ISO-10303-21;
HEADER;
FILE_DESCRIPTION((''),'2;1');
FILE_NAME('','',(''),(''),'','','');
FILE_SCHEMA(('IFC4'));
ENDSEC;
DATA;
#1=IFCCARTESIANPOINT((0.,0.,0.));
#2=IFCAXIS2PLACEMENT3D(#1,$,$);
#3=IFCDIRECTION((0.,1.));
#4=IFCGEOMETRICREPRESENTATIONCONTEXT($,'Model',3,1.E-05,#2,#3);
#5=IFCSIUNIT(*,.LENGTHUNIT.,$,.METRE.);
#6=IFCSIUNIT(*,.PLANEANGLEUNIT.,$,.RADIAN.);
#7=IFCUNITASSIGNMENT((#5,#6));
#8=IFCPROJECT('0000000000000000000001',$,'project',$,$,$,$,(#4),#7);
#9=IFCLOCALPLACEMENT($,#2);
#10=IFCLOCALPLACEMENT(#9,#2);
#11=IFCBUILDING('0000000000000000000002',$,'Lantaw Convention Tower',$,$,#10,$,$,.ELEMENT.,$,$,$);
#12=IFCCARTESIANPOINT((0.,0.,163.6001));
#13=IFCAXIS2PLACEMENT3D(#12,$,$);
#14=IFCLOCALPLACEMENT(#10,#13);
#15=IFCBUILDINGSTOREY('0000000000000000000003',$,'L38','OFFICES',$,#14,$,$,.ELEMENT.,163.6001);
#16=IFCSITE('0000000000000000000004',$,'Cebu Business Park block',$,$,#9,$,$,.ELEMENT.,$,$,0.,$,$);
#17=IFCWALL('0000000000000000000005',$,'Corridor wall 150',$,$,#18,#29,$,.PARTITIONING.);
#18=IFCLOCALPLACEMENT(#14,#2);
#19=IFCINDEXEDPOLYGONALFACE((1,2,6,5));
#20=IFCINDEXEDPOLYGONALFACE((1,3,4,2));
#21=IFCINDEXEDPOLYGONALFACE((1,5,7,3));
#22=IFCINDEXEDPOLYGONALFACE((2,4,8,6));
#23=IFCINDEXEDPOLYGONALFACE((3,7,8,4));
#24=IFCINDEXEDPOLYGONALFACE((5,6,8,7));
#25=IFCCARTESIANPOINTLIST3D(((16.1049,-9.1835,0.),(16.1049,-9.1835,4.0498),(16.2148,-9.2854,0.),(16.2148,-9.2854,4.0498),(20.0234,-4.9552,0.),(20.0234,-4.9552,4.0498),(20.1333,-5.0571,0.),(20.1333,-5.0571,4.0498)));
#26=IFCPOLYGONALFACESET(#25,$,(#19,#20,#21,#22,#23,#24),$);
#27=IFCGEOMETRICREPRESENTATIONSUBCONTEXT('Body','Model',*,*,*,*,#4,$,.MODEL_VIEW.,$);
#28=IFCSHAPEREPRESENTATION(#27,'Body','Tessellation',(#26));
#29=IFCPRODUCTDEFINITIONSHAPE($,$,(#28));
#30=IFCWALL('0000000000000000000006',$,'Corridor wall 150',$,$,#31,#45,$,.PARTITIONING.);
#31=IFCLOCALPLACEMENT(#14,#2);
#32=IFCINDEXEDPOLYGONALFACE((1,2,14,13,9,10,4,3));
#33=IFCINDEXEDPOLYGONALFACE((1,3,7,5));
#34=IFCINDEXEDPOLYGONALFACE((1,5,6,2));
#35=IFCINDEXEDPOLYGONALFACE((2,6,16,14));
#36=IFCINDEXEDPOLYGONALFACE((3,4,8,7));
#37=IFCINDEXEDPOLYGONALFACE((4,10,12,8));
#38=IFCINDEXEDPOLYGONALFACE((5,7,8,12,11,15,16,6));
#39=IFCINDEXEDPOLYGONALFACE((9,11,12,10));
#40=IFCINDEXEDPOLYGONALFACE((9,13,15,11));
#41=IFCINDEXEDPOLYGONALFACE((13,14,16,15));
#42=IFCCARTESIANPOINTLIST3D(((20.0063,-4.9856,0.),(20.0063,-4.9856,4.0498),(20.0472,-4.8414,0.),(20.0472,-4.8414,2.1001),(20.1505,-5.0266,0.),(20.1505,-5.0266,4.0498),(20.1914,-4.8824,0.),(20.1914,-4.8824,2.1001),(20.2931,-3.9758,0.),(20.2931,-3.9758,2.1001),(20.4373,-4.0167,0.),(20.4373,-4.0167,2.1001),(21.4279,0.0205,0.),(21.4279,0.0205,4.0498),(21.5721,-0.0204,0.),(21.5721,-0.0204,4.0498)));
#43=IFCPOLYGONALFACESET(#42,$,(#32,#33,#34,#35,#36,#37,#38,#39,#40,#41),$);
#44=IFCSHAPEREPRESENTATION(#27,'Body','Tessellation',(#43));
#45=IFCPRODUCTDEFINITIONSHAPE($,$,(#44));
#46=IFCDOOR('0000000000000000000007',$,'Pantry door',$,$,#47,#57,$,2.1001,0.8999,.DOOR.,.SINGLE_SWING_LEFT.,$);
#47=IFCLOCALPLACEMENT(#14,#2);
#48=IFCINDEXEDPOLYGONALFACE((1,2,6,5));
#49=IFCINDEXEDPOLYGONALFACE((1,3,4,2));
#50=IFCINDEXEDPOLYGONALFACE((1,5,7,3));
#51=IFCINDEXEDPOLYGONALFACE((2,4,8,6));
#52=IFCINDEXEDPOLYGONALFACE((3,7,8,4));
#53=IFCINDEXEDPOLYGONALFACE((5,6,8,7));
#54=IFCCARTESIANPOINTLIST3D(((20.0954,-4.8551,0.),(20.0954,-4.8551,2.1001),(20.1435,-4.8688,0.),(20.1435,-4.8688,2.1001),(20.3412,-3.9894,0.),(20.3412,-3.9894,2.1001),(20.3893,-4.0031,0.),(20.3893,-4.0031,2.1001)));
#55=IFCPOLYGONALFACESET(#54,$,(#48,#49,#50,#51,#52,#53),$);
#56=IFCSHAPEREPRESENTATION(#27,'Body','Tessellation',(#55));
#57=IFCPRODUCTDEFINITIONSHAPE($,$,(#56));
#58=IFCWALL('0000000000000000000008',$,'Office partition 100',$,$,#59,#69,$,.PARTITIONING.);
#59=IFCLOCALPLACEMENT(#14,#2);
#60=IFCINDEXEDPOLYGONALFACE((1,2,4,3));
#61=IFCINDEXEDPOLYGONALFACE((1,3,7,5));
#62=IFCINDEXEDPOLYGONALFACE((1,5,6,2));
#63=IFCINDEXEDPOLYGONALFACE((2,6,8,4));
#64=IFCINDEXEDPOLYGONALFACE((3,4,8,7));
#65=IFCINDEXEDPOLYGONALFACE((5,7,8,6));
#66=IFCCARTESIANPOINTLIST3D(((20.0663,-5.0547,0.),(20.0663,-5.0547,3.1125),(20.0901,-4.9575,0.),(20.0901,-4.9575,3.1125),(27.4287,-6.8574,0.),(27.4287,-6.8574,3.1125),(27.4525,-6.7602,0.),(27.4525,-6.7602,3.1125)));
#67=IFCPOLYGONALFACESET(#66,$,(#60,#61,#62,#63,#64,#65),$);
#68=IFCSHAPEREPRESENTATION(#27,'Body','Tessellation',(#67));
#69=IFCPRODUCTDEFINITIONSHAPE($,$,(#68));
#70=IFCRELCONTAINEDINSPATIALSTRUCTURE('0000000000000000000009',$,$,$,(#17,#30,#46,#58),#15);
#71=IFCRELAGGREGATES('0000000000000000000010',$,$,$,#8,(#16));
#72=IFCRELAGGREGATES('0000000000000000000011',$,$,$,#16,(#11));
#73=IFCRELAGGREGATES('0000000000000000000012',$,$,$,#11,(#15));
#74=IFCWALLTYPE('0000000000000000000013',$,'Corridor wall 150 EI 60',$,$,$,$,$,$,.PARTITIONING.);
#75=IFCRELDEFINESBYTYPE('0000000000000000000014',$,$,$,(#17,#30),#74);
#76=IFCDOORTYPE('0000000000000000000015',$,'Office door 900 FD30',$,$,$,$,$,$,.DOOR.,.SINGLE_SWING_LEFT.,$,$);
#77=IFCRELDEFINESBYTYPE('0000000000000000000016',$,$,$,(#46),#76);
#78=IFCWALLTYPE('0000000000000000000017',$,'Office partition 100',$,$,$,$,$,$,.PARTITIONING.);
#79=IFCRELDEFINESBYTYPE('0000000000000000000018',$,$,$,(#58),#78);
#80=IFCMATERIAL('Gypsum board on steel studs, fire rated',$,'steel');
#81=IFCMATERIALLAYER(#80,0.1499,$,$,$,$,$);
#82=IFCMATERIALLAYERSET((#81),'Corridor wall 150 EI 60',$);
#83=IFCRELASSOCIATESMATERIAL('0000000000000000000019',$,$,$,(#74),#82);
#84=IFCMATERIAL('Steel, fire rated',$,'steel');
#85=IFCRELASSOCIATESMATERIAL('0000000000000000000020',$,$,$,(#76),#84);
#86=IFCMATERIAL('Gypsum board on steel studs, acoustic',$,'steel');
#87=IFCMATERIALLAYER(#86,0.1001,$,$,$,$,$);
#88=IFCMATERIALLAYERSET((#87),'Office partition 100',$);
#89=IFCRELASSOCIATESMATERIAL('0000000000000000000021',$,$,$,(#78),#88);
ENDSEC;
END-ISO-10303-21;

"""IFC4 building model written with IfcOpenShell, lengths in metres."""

from ifc_helpers import new_model, si_unit, direction, frame, frame_2d, origin, place, context, subcontext, project, spatial, rectangle, extrude, material, layer, layer_set, type_object, element, fill, save


model = new_model("IFC4")

# Units and contexts
model_context = context("Model", 3, precision=1e-05, world=origin(), true_north=direction((0.0, 1.0)))
body_context = subcontext(model_context, "Body", "Model", "MODEL_VIEW")
ifc_project = project(units=[si_unit("LENGTHUNIT", "METRE"), si_unit("PLANEANGLEUNIT", "RADIAN")], contexts=[model_context])

# Site, building, storey
site_placement = place(None, origin())
site = spatial("IfcSite", under=ifc_project, at=site_placement, Name="Cebu Business Park block", CompositionType="ELEMENT", RefElevation=0.0)
building_placement = place(site_placement, origin())
building = spatial("IfcBuilding", under=site, at=building_placement, Name="Lantaw Convention Tower", CompositionType="ELEMENT")
storey_placement = place(building_placement, frame((0.0, 0.0, 163.6001)))
storey = spatial("IfcBuildingStorey", under=building, at=storey_placement, Name="L38", Description="OFFICES", CompositionType="ELEMENT", Elevation=163.6001)

# Wall
ifc_material_1 = material(Name="Gypsum board on steel studs, fire rated", Category="steel")
ifc_layer_1 = layer(ifc_material_1, 0.1499)
ifc_layer_set_1 = layer_set([ifc_layer_1], Name="Corridor wall 150 EI 60")
wall_type_1 = type_object("IfcWallType", Name="Corridor wall 150 EI 60", PredefinedType="PARTITIONING", material=ifc_layer_set_1)
wall_1_placement = place(storey_placement, frame((16.1599, -9.2344, 0.0), z_axis=(0.0, 0.0, 1.0), x_axis=(0.679725, 0.733467, 0.0)))
element("IfcWall", 1, at=wall_1_placement, inside=storey, type_object=wall_type_1, Name="Corridor wall 150", PredefinedType="PARTITIONING", context=body_context, shape_type="SweptSolid", body=[
    extrude(rectangle(XDim=5.7649, YDim=0.1499, at=frame_2d((2.8823, 0.0))), origin(), (0.0, 0.0, 1.0), 4.0498),
])

# Wall, opening, door
wall_2_placement = place(storey_placement, frame((20.0784, -5.0061, 0.0), z_axis=(0.0, 0.0, 1.0), x_axis=(0.273178, 0.961964, 0.0)))
wall_2 = element("IfcWall", 2, at=wall_2_placement, inside=storey, type_object=wall_type_1, Name="Corridor wall 150", PredefinedType="PARTITIONING", context=body_context, shape_type="SweptSolid", body=[
    extrude(rectangle(XDim=5.2041, YDim=0.1499, at=frame_2d((2.6021, 0.0))), origin(), (0.0, 0.0, 1.0), 4.0498),
])
opening_placement = place(wall_2_placement, frame((0.1499, 0.0, 0.0)))
opening = element("IfcOpeningElement", 3, at=opening_placement, cuts=wall_2, PredefinedType="OPENING", context=body_context, shape_type="SweptSolid", body=[
    extrude(rectangle(XDim=0.8999, YDim=2.1001, at=frame_2d((0.45, 1.05))), frame((0.0, 0.085, 0.0), z_axis=(0.0, -1.0, 0.0), x_axis=(1.0, 0.0, 0.0)), (0.0, 0.0, 1.0), 0.1699),
])
ifc_material_2 = material(Name="Steel, fire rated", Category="steel")
door_type = type_object("IfcDoorType", Name="Office door 900 FD30", OperationType="SINGLE_SWING_LEFT", PredefinedType="DOOR", material=ifc_material_2)
door_placement = place(opening_placement, origin())
door = element("IfcDoor", 4, at=door_placement, inside=storey, type_object=door_type, Name="Pantry door", OperationType="SINGLE_SWING_LEFT", OverallHeight=2.1001, OverallWidth=0.8999, PredefinedType="DOOR", context=body_context, shape_type="SweptSolid", body=[
    extrude(rectangle(XDim=0.8999, YDim=2.1001, at=frame_2d((0.45, 1.05))), frame((0.0, 0.0249, 0.0), z_axis=(0.0, -1.0, 0.0), x_axis=(1.0, 0.0, 0.0)), (0.0, 0.0, 1.0), 0.05),
])
fill(opening, door)

# Wall
ifc_material_3 = material(Name="Gypsum board on steel studs, acoustic", Category="steel")
ifc_layer_2 = layer(ifc_material_3, 0.1001)
ifc_layer_set_2 = layer_set([ifc_layer_2], Name="Office partition 100")
wall_type_2 = type_object("IfcWallType", Name="Office partition 100", PredefinedType="PARTITIONING", material=ifc_layer_set_2)
wall_3_placement = place(storey_placement, frame((27.4407, -6.8088, 0.0), z_axis=(0.0, 0.0, 1.0), x_axis=(-0.971306, 0.237834, 0.0)))
element("IfcWall", 5, at=wall_3_placement, inside=storey, type_object=wall_type_2, Name="Office partition 100", PredefinedType="PARTITIONING", context=body_context, shape_type="SweptSolid", body=[
    extrude(rectangle(XDim=7.5798, YDim=0.1001, at=frame_2d((3.79, 0.0))), origin(), (0.0, 0.0, 1.0), 3.1125),
])

save(model, "model.ifc")
